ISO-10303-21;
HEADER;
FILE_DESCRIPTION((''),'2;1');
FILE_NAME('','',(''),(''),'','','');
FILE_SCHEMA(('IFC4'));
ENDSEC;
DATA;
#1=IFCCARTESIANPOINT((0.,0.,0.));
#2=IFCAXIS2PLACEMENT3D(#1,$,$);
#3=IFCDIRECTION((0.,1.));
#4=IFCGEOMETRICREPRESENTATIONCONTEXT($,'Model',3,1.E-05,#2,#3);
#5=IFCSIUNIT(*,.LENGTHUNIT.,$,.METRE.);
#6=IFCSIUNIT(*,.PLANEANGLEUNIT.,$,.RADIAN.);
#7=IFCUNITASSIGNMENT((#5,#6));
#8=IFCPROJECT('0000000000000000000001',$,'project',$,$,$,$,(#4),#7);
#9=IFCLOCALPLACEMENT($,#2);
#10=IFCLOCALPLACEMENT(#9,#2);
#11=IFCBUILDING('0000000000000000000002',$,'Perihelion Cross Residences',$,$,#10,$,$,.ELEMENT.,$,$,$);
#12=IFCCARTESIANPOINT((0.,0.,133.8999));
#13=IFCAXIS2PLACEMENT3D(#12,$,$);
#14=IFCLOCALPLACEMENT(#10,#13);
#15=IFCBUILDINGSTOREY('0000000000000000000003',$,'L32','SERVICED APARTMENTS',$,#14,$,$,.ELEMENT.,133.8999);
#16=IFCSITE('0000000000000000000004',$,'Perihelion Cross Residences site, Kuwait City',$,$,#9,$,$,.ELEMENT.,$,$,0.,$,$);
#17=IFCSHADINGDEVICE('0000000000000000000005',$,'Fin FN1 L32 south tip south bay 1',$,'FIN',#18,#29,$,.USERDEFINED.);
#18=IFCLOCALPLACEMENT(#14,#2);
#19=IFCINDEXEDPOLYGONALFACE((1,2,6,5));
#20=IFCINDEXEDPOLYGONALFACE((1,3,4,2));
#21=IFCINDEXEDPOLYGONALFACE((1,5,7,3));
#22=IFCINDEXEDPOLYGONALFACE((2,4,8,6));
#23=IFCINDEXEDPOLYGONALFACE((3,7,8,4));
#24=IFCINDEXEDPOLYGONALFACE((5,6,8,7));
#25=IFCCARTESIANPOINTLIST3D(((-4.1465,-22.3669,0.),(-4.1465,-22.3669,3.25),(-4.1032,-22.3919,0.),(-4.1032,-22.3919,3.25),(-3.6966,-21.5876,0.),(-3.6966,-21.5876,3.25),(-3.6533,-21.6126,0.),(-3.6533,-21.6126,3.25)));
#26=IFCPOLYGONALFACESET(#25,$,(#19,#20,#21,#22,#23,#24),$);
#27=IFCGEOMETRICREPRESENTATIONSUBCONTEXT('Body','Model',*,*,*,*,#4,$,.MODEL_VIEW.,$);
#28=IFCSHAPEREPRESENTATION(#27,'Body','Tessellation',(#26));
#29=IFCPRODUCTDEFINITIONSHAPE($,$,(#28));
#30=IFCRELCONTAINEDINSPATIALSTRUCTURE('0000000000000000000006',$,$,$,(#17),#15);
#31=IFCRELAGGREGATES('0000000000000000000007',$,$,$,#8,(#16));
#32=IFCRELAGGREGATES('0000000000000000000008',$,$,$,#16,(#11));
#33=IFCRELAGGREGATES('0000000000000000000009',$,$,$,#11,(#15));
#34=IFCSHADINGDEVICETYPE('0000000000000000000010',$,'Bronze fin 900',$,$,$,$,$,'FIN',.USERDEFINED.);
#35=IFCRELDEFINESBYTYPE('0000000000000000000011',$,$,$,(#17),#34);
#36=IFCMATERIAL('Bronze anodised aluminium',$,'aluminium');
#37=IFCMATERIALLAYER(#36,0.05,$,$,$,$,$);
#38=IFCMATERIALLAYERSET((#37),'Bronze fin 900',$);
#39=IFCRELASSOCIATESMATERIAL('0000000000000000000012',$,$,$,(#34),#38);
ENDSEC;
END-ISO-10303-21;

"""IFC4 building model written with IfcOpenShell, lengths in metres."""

from ifc_helpers import new_model, si_unit, direction, frame, origin, origin_2d, place, context, subcontext, project, spatial, rectangle, extrude, material, layer, layer_set, type_object, element, save


model = new_model("IFC4")

# Units and contexts
model_context = context("Model", 3, precision=1e-05, world=origin(), true_north=direction((0.0, 1.0)))
body_context = subcontext(model_context, "Body", "Model", "MODEL_VIEW")
ifc_project = project(units=[si_unit("LENGTHUNIT", "METRE"), si_unit("PLANEANGLEUNIT", "RADIAN")], contexts=[model_context])

# Site, building, storey
site_placement = place(None, origin())
site = spatial("IfcSite", under=ifc_project, at=site_placement, Name="Perihelion Cross Residences site, Kuwait City", CompositionType="ELEMENT", RefElevation=0.0)
building_placement = place(site_placement, origin())
building = spatial("IfcBuilding", under=site, at=building_placement, Name="Perihelion Cross Residences", CompositionType="ELEMENT")
storey_placement = place(building_placement, frame((0.0, 0.0, 133.8999)))
storey = spatial("IfcBuildingStorey", under=building, at=storey_placement, Name="L32", Description="SERVICED APARTMENTS", CompositionType="ELEMENT", Elevation=133.8999)

# Shading device
ifc_material_1 = material(Name="Bronze anodised aluminium", Category="aluminium")
ifc_layer_1 = layer(ifc_material_1, 0.05)
ifc_layer_set_1 = layer_set([ifc_layer_1], Name="Bronze fin 900")
shading_device_type = type_object("IfcShadingDeviceType", Name="Bronze fin 900", ElementType="FIN", PredefinedType="USERDEFINED", material=ifc_layer_set_1)
shading_device_placement = place(storey_placement, frame((-3.8999, -21.9897, 0.0), z_axis=(0.0, 0.0, 1.0), x_axis=(-0.5, -0.866025, 0.0)))
element("IfcShadingDevice", 1, at=shading_device_placement, inside=storey, type_object=shading_device_type, Name="Fin FN1 L32 south tip south bay 1", ObjectType="FIN", PredefinedType="USERDEFINED", context=body_context, shape_type="SweptSolid", body=[
    extrude(rectangle(XDim=0.8999, YDim=0.05, at=origin_2d()), origin(), (0.0, 0.0, 1.0), 3.25),
])

save(model, "model.ifc")
